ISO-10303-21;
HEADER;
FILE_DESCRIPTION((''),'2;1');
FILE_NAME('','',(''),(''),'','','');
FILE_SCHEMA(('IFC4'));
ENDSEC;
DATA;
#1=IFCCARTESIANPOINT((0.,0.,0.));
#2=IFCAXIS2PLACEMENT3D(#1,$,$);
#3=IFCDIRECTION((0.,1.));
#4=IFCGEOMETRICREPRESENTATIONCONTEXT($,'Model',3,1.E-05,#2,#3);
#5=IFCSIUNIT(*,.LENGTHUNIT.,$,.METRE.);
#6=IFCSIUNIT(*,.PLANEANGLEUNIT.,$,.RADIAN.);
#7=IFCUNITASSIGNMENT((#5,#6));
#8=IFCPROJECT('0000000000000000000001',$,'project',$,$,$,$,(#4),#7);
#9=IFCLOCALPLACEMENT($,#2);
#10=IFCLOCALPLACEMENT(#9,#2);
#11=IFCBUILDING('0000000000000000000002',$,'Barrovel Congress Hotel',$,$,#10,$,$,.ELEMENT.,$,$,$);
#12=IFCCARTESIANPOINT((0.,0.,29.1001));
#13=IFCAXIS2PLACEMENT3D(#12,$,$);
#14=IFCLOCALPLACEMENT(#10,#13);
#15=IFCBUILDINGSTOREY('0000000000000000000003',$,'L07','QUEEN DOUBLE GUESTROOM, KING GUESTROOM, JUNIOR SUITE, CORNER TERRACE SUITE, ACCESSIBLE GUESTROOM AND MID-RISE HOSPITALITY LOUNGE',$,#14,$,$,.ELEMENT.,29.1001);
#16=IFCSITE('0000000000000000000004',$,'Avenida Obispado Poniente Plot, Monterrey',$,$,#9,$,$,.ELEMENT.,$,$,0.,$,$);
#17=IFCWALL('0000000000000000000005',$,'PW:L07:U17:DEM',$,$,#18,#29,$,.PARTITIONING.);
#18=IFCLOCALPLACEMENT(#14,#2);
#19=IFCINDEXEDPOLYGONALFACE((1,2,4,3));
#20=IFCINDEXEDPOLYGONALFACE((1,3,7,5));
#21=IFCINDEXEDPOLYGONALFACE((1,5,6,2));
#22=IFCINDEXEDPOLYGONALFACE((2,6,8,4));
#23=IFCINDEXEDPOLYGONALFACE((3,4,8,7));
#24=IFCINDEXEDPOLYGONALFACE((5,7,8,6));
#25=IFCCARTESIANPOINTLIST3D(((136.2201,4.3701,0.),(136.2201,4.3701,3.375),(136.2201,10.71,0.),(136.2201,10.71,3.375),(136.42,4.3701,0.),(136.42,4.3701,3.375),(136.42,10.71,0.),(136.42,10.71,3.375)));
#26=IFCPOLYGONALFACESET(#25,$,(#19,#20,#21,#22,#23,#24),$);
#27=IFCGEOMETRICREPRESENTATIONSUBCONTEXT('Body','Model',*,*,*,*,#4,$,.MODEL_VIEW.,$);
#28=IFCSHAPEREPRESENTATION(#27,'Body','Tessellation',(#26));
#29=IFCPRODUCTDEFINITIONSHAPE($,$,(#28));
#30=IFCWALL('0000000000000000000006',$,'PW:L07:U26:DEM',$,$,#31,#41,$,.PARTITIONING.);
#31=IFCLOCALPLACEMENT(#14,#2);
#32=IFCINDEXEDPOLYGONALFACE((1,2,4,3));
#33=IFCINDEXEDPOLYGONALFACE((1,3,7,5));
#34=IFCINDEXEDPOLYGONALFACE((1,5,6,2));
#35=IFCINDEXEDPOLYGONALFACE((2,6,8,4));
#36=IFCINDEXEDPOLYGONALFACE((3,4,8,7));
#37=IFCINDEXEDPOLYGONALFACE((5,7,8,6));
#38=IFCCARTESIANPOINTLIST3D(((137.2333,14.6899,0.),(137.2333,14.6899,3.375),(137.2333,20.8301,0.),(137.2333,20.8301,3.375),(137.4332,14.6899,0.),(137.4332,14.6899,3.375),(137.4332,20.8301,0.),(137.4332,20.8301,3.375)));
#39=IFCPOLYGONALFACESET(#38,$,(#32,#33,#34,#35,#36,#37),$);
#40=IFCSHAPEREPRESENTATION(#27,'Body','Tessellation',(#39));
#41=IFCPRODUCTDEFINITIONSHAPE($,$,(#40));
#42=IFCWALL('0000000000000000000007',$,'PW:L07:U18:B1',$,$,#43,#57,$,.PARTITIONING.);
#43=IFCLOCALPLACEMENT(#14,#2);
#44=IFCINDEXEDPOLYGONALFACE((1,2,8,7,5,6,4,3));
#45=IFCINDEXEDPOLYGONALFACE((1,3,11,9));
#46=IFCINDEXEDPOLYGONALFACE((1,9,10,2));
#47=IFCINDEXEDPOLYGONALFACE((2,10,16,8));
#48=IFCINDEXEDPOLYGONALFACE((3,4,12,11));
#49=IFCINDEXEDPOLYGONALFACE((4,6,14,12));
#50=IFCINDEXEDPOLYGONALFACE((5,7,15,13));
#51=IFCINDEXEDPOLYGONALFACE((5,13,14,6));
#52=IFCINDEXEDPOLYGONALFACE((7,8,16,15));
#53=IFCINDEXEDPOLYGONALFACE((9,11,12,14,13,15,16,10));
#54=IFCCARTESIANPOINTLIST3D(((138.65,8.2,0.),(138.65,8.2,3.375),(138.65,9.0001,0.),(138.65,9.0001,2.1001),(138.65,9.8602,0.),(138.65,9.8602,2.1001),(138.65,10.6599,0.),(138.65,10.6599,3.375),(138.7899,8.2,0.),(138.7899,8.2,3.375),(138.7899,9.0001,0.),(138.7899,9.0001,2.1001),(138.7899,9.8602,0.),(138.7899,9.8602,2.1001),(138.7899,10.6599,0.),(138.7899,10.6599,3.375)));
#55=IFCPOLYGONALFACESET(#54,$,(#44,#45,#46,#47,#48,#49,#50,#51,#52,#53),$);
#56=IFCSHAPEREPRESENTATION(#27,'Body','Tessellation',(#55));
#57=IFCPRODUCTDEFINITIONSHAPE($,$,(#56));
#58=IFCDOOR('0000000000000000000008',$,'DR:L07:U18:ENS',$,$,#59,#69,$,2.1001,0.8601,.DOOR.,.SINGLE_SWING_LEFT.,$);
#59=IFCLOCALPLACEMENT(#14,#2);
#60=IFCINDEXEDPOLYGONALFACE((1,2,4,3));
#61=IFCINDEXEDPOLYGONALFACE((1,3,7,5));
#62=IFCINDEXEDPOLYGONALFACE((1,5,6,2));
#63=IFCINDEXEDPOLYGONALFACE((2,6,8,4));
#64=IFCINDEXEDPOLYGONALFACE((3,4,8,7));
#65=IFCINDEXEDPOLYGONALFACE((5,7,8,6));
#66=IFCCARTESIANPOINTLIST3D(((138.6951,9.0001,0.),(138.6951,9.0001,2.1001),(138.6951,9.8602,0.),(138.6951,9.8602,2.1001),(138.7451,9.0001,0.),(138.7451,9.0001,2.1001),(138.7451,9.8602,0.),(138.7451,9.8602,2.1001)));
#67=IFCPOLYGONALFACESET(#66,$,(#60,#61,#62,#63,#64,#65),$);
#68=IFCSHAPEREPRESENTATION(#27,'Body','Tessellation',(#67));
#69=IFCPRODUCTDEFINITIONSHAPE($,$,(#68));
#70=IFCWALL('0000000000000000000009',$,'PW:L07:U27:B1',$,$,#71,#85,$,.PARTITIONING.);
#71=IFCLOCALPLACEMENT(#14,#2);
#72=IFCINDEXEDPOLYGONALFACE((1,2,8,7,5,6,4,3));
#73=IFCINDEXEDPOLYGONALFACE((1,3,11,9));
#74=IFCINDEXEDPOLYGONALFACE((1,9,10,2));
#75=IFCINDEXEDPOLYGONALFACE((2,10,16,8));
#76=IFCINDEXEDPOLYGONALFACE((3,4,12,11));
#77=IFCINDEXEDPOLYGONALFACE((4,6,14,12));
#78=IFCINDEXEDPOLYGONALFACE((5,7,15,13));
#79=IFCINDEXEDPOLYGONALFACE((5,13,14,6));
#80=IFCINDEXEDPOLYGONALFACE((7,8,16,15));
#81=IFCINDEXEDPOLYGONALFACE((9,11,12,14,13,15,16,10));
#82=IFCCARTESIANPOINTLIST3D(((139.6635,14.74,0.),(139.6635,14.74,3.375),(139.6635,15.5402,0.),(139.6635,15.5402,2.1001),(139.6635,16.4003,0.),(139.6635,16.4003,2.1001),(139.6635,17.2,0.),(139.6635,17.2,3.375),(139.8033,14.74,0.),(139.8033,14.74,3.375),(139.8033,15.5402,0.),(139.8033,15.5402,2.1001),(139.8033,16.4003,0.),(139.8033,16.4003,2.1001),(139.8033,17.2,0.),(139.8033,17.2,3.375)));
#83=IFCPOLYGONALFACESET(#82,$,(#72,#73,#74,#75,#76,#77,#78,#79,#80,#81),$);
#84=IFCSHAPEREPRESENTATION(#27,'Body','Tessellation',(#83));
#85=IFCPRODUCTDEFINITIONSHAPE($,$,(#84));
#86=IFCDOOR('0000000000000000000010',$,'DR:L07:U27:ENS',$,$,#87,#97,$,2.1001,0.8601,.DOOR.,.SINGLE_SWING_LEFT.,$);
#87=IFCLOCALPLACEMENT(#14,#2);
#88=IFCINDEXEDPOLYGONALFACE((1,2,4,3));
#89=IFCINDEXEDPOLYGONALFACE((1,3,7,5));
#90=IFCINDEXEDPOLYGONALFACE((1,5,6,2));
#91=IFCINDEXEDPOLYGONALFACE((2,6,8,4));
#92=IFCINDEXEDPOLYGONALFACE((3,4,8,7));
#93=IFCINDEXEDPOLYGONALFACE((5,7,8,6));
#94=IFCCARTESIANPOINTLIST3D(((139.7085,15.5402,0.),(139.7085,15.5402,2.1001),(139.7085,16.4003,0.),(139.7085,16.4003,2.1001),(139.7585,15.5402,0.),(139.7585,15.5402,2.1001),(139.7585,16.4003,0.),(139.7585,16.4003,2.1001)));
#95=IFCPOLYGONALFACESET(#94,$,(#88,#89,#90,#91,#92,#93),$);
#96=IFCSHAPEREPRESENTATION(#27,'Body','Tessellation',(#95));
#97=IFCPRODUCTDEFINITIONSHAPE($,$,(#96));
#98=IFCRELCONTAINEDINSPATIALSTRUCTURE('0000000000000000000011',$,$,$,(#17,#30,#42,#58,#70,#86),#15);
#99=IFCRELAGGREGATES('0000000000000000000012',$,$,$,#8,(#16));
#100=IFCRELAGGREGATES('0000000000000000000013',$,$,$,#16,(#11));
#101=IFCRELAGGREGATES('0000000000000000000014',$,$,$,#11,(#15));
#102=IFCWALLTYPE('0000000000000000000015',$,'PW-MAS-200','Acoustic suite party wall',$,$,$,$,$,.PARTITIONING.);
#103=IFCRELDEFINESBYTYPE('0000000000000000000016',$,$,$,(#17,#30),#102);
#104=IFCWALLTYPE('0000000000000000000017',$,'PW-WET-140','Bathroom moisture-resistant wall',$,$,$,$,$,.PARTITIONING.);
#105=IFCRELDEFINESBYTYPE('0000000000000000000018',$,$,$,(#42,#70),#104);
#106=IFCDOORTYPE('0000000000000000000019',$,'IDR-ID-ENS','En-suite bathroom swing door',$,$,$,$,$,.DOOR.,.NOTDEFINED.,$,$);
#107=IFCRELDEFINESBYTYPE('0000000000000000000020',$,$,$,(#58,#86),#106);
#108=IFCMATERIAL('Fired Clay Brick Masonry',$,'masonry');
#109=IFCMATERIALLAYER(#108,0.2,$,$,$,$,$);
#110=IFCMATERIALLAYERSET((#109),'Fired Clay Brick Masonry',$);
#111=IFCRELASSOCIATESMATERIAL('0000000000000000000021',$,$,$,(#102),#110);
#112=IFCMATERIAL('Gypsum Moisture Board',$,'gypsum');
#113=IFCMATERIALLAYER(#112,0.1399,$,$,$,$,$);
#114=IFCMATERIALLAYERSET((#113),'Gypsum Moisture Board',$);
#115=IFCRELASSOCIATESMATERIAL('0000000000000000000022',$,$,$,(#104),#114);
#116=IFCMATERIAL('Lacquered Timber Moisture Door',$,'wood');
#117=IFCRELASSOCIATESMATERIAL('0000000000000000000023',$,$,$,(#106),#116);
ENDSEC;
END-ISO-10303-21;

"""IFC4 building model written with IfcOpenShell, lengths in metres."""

from ifc_helpers import new_model, si_unit, direction, frame, frame_2d, origin, place, context, subcontext, project, spatial, rectangle, extrude, material, layer, layer_set, type_object, element, fill, save


model = new_model("IFC4")

# Units and contexts
model_context = context("Model", 3, precision=1e-05, world=origin(), true_north=direction((0.0, 1.0)))
body_context = subcontext(model_context, "Body", "Model", "MODEL_VIEW")
ifc_project = project(units=[si_unit("LENGTHUNIT", "METRE"), si_unit("PLANEANGLEUNIT", "RADIAN")], contexts=[model_context])

# Site, building, storey
site_placement = place(None, origin())
site = spatial("IfcSite", under=ifc_project, at=site_placement, Name="Avenida Obispado Poniente Plot, Monterrey", CompositionType="ELEMENT", RefElevation=0.0)
building_placement = place(site_placement, origin())
building = spatial("IfcBuilding", under=site, at=building_placement, Name="Barrovel Congress Hotel", CompositionType="ELEMENT")
storey_placement = place(building_placement, frame((0.0, 0.0, 29.1001)))
storey = spatial("IfcBuildingStorey", under=building, at=storey_placement, Name="L07", Description="QUEEN DOUBLE GUESTROOM, KING GUESTROOM, JUNIOR SUITE, CORNER TERRACE SUITE, ACCESSIBLE GUESTROOM AND MID-RISE HOSPITALITY LOUNGE", CompositionType="ELEMENT", Elevation=29.1001)

# Shared definitions
ifc_material_1 = material(Name="Fired Clay Brick Masonry", Category="masonry")

# Walls
ifc_layer_1 = layer(ifc_material_1, 0.2)
ifc_layer_set_1 = layer_set([ifc_layer_1], Name="Fired Clay Brick Masonry")
wall_type_1 = type_object("IfcWallType", Name="PW-MAS-200", Description="Acoustic suite party wall", PredefinedType="PARTITIONING", material=ifc_layer_set_1)
wall_1_placement = place(storey_placement, frame((136.3201, 4.3701, 0.0), z_axis=(0.0, 0.0, 1.0), x_axis=(0.0, 1.0, 0.0)))
element("IfcWall", 1, at=wall_1_placement, inside=storey, type_object=wall_type_1, Name="PW:L07:U17:DEM", PredefinedType="PARTITIONING", context=body_context, shape_type="SweptSolid", body=[
    extrude(rectangle(XDim=6.3398, YDim=0.2, at=frame_2d((3.1699, 0.0))), origin(), (0.0, 0.0, 1.0), 3.375),
])
wall_2_placement = place(storey_placement, frame((137.3333, 14.6899, 0.0), z_axis=(0.0, 0.0, 1.0), x_axis=(0.0, 1.0, 0.0)))
element("IfcWall", 2, at=wall_2_placement, inside=storey, type_object=wall_type_1, Name="PW:L07:U26:DEM", PredefinedType="PARTITIONING", context=body_context, shape_type="SweptSolid", body=[
    extrude(rectangle(XDim=6.1401, YDim=0.2, at=frame_2d((3.0701, 0.0))), origin(), (0.0, 0.0, 1.0), 3.375),
])

# Walls, openings, doors
ifc_material_2 = material(Name="Gypsum Moisture Board", Category="gypsum")
ifc_layer_2 = layer(ifc_material_2, 0.1399)
ifc_layer_set_2 = layer_set([ifc_layer_2], Name="Gypsum Moisture Board")
wall_type_2 = type_object("IfcWallType", Name="PW-WET-140", Description="Bathroom moisture-resistant wall", PredefinedType="PARTITIONING", material=ifc_layer_set_2)
wall_3_placement = place(storey_placement, frame((138.72, 8.2, 0.0), z_axis=(0.0, 0.0, 1.0), x_axis=(0.0, 1.0, 0.0)))
wall_3 = element("IfcWall", 3, at=wall_3_placement, inside=storey, type_object=wall_type_2, Name="PW:L07:U18:B1", PredefinedType="PARTITIONING", context=body_context, shape_type="SweptSolid", body=[
    extrude(rectangle(XDim=2.46, YDim=0.1399, at=frame_2d((1.23, 0.0))), origin(), (0.0, 0.0, 1.0), 3.375),
])
opening_1_placement = place(wall_3_placement, frame((0.8, 0.0, 0.0)))
opening_1 = element("IfcOpeningElement", 4, at=opening_1_placement, cuts=wall_3, PredefinedType="OPENING", context=body_context, shape_type="SweptSolid", body=[
    extrude(rectangle(XDim=0.8601, YDim=2.1001, at=frame_2d((0.4302, 1.05))), frame((0.0, 0.0801, 0.0), z_axis=(0.0, -1.0, 0.0), x_axis=(1.0, 0.0, 0.0)), (0.0, 0.0, 1.0), 0.1599),
])
ifc_material_3 = material(Name="Lacquered Timber Moisture Door", Category="wood")
door_type_1 = type_object("IfcDoorType", Name="IDR-ID-ENS", Description="En-suite bathroom swing door", OperationType="NOTDEFINED", PredefinedType="DOOR", material=ifc_material_3)
door_1_placement = place(opening_1_placement, origin())
door_1 = element("IfcDoor", 5, at=door_1_placement, inside=storey, type_object=door_type_1, Name="DR:L07:U18:ENS", OperationType="SINGLE_SWING_LEFT", OverallHeight=2.1001, OverallWidth=0.8601, PredefinedType="DOOR", context=body_context, shape_type="SweptSolid", body=[
    extrude(rectangle(XDim=0.8601, YDim=2.1001, at=frame_2d((0.4302, 1.05))), frame((0.0, 0.0249, 0.0), z_axis=(0.0, -1.0, 0.0), x_axis=(1.0, 0.0, 0.0)), (0.0, 0.0, 1.0), 0.05),
])
fill(opening_1, door_1)
wall_4_placement = place(storey_placement, frame((139.7334, 14.74, 0.0), z_axis=(0.0, 0.0, 1.0), x_axis=(0.0, 1.0, 0.0)))
wall_4 = element("IfcWall", 6, at=wall_4_placement, inside=storey, type_object=wall_type_2, Name="PW:L07:U27:B1", PredefinedType="PARTITIONING", context=body_context, shape_type="SweptSolid", body=[
    extrude(rectangle(XDim=2.46, YDim=0.1399, at=frame_2d((1.23, 0.0))), origin(), (0.0, 0.0, 1.0), 3.375),
])
opening_2_placement = place(wall_4_placement, frame((0.8, 0.0, 0.0)))
opening_2 = element("IfcOpeningElement", 7, at=opening_2_placement, cuts=wall_4, PredefinedType="OPENING", context=body_context, shape_type="SweptSolid", body=[
    extrude(rectangle(XDim=0.8601, YDim=2.1001, at=frame_2d((0.4302, 1.05))), frame((0.0, 0.0801, 0.0), z_axis=(0.0, -1.0, 0.0), x_axis=(1.0, 0.0, 0.0)), (0.0, 0.0, 1.0), 0.1599),
])
door_2_placement = place(opening_2_placement, origin())
door_2 = element("IfcDoor", 8, at=door_2_placement, inside=storey, type_object=door_type_1, Name="DR:L07:U27:ENS", OperationType="SINGLE_SWING_LEFT", OverallHeight=2.1001, OverallWidth=0.8601, PredefinedType="DOOR", context=body_context, shape_type="SweptSolid", body=[
    extrude(rectangle(XDim=0.8601, YDim=2.1001, at=frame_2d((0.4302, 1.05))), frame((0.0, 0.0249, 0.0), z_axis=(0.0, -1.0, 0.0), x_axis=(1.0, 0.0, 0.0)), (0.0, 0.0, 1.0), 0.05),
])
fill(opening_2, door_2)

save(model, "model.ifc")
